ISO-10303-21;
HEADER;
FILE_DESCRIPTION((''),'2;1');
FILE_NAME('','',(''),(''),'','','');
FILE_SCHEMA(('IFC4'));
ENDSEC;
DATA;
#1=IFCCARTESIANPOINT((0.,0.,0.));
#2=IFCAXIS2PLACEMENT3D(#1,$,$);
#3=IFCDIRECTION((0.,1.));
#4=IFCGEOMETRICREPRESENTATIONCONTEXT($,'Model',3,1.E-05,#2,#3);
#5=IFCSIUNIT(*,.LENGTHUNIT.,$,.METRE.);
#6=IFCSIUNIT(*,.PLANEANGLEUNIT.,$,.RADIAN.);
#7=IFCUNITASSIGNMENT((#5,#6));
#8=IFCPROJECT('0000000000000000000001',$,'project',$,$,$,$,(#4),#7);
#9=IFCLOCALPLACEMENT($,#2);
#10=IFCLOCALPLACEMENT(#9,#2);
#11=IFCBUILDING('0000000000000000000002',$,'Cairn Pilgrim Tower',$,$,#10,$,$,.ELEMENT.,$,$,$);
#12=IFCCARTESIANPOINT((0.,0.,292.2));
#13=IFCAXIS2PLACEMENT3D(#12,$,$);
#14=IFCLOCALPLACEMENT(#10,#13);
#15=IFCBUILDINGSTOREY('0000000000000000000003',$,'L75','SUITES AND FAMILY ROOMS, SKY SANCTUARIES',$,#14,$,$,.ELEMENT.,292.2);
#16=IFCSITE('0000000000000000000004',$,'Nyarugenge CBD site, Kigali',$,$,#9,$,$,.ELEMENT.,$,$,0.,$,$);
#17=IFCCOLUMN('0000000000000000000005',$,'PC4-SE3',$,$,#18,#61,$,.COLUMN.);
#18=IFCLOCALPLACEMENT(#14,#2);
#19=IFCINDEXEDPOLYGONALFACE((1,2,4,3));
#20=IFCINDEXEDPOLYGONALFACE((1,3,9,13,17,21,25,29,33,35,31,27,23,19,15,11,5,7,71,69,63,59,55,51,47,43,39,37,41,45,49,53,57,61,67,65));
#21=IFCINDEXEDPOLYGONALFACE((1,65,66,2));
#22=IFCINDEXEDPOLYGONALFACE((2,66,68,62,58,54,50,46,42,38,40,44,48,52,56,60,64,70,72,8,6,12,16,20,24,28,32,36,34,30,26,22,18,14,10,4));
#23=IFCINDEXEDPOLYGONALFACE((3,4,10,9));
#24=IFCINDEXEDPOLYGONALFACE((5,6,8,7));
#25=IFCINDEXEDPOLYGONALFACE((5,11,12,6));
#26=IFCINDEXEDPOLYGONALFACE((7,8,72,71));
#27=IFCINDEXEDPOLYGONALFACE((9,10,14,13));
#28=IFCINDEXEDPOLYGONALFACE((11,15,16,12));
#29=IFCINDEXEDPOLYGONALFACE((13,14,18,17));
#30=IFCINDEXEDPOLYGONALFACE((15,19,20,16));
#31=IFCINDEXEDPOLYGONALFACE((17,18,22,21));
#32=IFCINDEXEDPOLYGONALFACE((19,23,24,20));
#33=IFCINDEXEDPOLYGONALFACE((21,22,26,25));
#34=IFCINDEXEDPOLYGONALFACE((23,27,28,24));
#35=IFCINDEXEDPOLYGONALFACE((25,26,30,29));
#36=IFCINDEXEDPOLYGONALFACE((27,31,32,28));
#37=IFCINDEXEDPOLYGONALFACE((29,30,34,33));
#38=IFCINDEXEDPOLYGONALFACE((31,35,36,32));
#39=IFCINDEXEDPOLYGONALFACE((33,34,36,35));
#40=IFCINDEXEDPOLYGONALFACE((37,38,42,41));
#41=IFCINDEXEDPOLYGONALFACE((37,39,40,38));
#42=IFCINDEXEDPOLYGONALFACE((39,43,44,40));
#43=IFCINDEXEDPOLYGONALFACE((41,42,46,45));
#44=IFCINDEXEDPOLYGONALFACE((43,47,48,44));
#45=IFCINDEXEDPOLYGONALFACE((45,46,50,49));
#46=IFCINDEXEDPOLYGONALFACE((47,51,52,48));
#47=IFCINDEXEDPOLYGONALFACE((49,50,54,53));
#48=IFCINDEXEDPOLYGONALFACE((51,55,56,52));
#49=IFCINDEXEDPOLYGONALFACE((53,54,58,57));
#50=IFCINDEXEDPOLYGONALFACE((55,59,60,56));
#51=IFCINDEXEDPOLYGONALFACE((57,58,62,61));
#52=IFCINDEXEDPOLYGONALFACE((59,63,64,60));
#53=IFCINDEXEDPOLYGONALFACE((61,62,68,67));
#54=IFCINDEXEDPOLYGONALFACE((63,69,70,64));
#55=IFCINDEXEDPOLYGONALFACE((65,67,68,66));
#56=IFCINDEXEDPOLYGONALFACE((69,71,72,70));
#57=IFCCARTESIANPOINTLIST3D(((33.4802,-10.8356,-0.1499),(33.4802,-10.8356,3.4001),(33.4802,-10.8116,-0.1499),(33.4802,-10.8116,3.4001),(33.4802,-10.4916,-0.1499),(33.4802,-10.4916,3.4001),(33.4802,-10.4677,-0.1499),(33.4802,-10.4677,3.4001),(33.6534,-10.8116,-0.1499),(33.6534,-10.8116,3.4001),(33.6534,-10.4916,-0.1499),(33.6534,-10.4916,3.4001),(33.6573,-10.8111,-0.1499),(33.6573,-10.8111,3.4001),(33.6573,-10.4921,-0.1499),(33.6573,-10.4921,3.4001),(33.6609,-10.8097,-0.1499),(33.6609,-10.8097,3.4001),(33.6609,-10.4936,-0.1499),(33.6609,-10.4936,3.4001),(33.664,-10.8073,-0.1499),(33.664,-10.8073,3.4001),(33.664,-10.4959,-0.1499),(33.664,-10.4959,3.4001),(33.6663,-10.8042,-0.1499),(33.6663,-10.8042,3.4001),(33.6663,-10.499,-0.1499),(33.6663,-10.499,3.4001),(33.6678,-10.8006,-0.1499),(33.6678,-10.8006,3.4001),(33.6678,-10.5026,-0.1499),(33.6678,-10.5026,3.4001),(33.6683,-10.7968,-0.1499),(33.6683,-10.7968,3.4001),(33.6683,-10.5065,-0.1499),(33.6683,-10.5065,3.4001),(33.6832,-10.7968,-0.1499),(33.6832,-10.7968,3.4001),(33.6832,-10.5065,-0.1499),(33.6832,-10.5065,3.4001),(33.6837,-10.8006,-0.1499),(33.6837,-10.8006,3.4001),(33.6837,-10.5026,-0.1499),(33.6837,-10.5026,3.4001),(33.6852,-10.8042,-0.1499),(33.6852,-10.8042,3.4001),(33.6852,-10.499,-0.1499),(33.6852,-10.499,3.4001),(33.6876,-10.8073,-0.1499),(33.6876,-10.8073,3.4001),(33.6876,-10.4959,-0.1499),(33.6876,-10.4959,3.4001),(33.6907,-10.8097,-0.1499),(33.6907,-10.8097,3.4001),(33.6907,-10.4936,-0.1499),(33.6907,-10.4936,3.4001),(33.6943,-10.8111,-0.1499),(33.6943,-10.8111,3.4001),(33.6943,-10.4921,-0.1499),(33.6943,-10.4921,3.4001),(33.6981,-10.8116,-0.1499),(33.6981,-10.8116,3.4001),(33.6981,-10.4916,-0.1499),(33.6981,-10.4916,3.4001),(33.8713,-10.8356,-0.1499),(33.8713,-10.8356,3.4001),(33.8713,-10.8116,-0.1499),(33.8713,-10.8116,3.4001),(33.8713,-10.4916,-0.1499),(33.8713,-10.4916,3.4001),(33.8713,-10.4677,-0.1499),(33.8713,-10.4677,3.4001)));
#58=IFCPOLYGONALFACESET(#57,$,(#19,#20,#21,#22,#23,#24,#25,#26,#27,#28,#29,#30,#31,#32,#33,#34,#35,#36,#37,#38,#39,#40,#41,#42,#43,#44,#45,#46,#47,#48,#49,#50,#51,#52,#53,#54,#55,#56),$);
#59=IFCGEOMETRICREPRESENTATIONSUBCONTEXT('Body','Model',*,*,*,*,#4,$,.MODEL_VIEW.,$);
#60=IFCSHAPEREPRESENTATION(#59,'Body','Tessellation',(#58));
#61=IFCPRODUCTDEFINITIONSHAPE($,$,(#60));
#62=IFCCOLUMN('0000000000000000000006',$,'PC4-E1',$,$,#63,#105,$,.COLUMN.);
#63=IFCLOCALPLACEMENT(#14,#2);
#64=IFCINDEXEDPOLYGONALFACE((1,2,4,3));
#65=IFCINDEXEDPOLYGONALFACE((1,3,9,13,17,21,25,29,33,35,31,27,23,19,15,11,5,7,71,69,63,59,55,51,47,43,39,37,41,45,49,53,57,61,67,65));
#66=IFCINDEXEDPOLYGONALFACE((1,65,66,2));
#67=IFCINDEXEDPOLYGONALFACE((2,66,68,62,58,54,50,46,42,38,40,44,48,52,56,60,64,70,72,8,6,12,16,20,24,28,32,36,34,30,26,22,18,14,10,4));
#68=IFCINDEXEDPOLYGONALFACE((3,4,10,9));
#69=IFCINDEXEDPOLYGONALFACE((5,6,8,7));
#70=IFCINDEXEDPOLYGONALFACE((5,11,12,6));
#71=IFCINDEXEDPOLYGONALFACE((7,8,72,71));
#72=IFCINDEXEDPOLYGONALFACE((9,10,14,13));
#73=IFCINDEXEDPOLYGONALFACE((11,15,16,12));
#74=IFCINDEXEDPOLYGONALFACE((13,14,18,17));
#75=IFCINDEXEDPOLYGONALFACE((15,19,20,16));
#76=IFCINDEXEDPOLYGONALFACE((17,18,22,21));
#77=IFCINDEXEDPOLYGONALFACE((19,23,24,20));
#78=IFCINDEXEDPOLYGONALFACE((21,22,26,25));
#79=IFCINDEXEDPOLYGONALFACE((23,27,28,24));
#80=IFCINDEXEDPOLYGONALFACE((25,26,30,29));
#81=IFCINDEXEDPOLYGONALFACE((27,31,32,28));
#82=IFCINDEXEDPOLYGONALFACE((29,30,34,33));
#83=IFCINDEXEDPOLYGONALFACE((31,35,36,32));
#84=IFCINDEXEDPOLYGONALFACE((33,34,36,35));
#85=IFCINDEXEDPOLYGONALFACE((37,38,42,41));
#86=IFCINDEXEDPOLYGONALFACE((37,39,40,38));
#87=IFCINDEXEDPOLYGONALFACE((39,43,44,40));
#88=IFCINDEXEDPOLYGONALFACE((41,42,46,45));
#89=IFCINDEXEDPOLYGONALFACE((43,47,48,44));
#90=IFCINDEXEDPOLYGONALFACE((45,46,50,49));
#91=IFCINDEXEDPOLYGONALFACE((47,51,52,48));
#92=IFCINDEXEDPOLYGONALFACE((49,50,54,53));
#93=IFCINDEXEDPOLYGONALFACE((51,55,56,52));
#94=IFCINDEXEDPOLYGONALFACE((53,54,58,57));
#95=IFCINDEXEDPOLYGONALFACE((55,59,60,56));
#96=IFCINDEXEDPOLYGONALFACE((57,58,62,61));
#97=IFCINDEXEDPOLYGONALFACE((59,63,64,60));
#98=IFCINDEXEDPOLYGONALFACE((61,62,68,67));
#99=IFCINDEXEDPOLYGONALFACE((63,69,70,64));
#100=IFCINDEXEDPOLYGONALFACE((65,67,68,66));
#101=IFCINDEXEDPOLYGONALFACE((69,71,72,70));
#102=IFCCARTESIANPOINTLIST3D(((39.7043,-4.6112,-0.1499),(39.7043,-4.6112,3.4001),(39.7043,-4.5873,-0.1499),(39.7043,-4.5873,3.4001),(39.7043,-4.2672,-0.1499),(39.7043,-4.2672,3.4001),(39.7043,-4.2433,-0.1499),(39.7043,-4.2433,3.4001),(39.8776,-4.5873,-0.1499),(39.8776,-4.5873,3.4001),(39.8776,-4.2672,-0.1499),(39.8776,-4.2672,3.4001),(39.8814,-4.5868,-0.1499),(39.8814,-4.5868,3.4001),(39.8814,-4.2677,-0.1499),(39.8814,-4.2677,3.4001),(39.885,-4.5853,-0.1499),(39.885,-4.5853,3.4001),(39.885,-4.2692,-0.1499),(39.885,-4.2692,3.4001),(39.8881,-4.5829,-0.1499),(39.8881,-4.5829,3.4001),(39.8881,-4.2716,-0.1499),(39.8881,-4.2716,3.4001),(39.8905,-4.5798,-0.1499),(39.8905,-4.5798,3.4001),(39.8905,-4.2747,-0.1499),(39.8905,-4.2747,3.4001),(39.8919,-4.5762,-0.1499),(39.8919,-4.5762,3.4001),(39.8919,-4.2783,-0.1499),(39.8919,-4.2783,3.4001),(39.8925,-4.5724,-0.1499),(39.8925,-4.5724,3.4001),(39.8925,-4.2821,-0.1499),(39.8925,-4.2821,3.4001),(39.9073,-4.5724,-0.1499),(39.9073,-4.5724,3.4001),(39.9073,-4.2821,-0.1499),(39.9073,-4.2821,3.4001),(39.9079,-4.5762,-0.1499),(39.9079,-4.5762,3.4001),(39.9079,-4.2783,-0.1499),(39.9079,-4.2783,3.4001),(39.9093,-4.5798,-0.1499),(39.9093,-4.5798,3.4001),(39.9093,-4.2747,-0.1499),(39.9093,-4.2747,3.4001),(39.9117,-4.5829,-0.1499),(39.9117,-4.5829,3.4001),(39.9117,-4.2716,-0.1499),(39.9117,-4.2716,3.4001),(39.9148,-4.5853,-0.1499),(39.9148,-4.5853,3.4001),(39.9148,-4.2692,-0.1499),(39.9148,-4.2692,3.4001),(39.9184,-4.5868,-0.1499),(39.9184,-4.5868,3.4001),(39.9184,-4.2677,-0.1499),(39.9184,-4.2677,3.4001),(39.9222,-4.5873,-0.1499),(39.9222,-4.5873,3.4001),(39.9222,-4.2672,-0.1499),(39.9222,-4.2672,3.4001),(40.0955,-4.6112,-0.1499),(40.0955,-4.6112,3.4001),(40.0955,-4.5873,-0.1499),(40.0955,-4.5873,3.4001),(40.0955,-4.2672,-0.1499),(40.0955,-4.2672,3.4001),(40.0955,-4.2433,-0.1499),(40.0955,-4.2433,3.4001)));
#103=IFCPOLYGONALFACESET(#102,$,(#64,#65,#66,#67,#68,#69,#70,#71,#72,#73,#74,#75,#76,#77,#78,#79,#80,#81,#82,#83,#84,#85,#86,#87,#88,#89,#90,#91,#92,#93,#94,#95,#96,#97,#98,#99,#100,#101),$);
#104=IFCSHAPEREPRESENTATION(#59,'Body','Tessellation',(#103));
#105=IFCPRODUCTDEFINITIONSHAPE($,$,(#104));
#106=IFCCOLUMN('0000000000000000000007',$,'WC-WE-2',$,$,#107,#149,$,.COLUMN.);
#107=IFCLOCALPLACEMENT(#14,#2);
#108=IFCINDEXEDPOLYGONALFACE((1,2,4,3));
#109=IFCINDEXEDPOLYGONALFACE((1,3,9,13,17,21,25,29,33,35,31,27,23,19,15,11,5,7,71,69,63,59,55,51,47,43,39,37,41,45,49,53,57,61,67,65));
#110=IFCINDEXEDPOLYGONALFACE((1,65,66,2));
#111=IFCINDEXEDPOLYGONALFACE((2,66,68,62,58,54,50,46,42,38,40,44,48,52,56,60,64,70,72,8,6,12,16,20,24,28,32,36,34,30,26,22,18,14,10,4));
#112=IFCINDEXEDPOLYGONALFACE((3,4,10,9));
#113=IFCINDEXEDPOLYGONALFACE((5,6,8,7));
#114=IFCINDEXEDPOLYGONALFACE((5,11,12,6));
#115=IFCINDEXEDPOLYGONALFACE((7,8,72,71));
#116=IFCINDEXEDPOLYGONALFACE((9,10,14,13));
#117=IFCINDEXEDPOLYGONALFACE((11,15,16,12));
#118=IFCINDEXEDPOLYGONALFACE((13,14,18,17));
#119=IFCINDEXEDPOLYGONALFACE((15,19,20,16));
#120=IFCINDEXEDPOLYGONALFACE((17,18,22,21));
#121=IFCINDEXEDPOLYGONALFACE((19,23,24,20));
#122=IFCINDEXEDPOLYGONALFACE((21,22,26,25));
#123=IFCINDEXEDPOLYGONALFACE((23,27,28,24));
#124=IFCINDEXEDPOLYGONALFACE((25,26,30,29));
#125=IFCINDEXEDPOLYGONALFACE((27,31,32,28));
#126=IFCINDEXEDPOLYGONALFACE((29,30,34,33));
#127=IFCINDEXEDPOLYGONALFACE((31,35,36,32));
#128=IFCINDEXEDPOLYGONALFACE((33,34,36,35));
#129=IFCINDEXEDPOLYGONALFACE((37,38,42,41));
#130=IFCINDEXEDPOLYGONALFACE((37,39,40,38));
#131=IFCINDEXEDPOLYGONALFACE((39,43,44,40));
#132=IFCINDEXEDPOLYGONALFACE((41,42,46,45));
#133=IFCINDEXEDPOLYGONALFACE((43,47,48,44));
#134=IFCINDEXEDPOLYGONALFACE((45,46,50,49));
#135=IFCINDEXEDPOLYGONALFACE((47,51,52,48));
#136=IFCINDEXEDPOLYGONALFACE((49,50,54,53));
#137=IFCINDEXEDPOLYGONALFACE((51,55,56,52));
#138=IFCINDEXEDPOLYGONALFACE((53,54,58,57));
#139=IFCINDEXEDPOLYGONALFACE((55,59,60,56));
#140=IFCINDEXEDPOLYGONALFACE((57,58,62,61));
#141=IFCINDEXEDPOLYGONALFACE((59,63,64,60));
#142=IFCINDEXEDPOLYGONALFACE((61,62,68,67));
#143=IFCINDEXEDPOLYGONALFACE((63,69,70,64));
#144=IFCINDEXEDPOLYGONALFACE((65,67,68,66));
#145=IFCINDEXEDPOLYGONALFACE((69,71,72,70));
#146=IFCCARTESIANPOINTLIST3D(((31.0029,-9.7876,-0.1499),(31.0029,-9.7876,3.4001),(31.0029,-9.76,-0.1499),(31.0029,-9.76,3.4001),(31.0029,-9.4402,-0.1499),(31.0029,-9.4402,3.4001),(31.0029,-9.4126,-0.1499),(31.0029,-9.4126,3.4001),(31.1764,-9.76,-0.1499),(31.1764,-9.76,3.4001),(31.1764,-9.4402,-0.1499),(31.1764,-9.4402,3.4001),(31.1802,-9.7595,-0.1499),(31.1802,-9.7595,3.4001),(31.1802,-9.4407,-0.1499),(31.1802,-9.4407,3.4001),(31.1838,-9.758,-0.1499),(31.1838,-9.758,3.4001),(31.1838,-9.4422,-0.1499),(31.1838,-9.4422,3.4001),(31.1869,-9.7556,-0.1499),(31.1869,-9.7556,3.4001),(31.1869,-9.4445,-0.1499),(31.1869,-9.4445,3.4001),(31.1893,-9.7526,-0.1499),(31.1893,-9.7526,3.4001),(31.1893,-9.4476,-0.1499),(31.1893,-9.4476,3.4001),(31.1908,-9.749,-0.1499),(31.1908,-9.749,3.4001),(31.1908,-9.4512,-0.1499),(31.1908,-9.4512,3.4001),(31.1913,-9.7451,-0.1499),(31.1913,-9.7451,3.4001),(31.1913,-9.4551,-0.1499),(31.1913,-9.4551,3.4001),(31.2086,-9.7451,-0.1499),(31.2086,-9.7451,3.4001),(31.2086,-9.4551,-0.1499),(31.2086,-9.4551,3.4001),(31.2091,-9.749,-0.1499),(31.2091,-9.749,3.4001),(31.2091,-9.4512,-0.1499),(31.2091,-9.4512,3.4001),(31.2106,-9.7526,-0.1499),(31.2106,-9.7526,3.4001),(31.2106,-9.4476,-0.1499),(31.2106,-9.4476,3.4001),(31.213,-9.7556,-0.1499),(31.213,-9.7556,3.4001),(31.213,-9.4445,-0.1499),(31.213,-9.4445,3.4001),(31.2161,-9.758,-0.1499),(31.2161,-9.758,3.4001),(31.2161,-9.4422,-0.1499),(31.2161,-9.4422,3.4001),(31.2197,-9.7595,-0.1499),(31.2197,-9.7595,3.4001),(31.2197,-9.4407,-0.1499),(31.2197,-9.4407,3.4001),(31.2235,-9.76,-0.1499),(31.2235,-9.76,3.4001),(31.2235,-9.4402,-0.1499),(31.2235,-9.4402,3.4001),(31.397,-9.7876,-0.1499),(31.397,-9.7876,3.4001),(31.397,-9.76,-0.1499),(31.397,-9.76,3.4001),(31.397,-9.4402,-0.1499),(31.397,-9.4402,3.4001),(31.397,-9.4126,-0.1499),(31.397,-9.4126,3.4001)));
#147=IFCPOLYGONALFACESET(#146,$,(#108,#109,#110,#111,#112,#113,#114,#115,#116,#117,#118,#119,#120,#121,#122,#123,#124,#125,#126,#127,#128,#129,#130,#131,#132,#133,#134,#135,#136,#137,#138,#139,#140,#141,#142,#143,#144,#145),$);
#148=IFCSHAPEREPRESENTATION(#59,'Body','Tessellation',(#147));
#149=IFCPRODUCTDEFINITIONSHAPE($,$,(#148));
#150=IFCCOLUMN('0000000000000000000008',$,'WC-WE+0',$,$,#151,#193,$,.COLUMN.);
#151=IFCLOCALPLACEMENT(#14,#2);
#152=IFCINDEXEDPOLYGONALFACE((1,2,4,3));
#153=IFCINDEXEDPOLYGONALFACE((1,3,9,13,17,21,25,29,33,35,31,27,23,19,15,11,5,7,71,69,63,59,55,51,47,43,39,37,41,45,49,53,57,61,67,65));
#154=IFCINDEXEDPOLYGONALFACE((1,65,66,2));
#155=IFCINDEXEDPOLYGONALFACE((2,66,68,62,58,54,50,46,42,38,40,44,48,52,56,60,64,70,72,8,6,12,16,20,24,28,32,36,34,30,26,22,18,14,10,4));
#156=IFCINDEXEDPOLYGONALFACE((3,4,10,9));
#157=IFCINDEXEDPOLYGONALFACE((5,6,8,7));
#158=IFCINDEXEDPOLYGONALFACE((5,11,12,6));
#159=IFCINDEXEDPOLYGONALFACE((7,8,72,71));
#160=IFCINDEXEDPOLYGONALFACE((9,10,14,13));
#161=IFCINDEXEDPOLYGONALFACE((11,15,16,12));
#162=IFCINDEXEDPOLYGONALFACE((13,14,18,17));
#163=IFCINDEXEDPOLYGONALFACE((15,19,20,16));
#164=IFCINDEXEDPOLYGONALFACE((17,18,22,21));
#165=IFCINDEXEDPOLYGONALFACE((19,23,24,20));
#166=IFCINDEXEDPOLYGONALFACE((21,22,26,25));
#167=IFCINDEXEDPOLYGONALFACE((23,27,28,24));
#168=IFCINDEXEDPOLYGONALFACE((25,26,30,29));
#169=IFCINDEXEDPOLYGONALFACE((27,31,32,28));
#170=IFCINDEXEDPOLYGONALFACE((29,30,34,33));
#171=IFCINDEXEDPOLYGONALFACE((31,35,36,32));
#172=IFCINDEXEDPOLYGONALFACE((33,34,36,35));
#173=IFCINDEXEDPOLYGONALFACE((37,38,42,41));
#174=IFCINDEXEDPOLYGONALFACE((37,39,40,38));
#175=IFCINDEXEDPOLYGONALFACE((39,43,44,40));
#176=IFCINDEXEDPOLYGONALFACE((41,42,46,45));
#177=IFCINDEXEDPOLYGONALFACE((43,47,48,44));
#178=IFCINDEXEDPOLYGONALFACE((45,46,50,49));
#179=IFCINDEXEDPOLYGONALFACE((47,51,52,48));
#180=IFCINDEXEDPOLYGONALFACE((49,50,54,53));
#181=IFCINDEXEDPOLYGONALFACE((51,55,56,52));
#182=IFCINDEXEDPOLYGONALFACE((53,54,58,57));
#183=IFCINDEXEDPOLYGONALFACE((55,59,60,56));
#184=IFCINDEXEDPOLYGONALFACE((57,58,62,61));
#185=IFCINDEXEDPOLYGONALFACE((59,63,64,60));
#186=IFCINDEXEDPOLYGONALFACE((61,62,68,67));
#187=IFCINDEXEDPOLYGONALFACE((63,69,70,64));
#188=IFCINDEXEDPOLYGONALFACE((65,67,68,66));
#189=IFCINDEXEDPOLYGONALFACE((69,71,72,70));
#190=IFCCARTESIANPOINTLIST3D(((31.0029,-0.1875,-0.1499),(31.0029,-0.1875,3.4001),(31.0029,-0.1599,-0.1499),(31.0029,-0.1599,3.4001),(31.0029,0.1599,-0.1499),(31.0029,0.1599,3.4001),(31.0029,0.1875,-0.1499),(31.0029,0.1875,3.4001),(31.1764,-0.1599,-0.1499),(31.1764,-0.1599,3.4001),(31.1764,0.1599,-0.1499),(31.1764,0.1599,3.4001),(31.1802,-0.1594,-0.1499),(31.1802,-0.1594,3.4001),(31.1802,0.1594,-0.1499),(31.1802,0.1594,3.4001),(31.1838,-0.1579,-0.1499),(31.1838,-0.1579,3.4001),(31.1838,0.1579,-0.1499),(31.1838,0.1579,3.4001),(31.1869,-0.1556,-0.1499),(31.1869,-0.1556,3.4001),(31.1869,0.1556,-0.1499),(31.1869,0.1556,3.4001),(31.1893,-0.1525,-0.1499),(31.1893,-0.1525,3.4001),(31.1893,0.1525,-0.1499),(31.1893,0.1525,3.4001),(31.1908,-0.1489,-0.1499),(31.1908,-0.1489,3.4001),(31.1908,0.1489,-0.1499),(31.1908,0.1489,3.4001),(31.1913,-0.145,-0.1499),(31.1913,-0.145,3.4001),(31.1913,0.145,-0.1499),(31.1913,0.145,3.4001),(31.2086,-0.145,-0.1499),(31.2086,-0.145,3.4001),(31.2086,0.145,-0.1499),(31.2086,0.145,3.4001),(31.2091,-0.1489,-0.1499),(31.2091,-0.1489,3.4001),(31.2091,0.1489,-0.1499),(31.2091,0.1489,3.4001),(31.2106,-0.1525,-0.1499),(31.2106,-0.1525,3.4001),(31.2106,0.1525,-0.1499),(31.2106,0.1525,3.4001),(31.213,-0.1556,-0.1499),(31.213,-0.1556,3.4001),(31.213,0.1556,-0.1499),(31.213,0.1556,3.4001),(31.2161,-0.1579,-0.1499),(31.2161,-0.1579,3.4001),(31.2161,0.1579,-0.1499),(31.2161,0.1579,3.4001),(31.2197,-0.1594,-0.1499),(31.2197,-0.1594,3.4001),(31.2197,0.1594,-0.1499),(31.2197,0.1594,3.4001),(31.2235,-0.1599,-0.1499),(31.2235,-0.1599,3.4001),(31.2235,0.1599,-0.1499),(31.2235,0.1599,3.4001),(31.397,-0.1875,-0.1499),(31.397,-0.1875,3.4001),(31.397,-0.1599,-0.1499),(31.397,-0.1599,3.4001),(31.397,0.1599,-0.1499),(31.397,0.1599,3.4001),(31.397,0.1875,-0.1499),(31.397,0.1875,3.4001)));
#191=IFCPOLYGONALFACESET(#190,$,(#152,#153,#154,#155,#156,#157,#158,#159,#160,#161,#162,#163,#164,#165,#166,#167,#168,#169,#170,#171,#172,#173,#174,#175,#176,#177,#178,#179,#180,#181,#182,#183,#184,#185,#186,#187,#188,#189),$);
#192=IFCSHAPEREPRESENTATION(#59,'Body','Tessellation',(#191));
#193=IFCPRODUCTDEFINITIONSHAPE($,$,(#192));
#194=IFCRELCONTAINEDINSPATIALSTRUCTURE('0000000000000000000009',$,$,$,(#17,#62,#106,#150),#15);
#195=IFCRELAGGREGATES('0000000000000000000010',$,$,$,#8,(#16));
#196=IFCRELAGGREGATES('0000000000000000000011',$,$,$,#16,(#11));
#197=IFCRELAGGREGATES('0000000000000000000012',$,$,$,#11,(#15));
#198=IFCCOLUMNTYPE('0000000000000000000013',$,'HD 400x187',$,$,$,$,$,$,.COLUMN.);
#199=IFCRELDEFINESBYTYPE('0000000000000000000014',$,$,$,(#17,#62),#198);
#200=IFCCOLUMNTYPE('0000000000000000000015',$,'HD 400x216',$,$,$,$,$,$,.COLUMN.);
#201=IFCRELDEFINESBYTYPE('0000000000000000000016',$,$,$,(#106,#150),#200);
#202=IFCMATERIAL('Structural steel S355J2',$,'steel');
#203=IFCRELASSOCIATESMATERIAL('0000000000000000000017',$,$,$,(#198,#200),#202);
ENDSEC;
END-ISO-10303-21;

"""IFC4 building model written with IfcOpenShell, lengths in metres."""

from ifc_helpers import new_model, si_unit, direction, frame, origin, origin_2d, place, context, subcontext, project, spatial, i_section, extrude, material, material_profile, profile_set, type_object, element, save


model = new_model("IFC4")

# Units and contexts
model_context = context("Model", 3, precision=1e-05, world=origin(), true_north=direction((0.0, 1.0)))
body_context = subcontext(model_context, "Body", "Model", "MODEL_VIEW")
ifc_project = project(units=[si_unit("LENGTHUNIT", "METRE"), si_unit("PLANEANGLEUNIT", "RADIAN")], contexts=[model_context])

# Site, building, storey
site_placement = place(None, origin())
site = spatial("IfcSite", under=ifc_project, at=site_placement, Name="Nyarugenge CBD site, Kigali", CompositionType="ELEMENT", RefElevation=0.0)
building_placement = place(site_placement, origin())
building = spatial("IfcBuilding", under=site, at=building_placement, Name="Cairn Pilgrim Tower", CompositionType="ELEMENT")
storey_placement = place(building_placement, frame((0.0, 0.0, 292.2)))
storey = spatial("IfcBuildingStorey", under=building, at=storey_placement, Name="L75", Description="SUITES AND FAMILY ROOMS, SKY SANCTUARIES", CompositionType="ELEMENT", Elevation=292.2)

# Columns
ifc_material_1 = material(Name="Structural steel S355J2", Category="steel")
ifc_material_profile_1 = material_profile(ifc_material_1, i_section(OverallWidth=0.3911, OverallDepth=0.3679, WebThickness=0.0149, FlangeThickness=0.0239, FilletRadius=0.0149, at=origin_2d()), Name="HD 400x187")
ifc_profile_set_1 = profile_set([ifc_material_profile_1], Name="Structural steel S355J2")
column_type_1 = type_object("IfcColumnType", Name="HD 400x187", PredefinedType="COLUMN", material=ifc_profile_set_1)
for number, where, z_axis, x_axis, name in (
    (1, (33.6758, -10.6516, -0.1499), (0.0, 0.0, 1.0), (1.0, 0.0, 0.0), "PC4-SE3"),
    (2, (39.8999, -4.4272, -0.1499), (0.0, 0.0, 1.0), (1.0, 0.0, 0.0), "PC4-E1"),
):
    element("IfcColumn", number, at=place(storey_placement, frame(where, z_axis=z_axis, x_axis=x_axis)), inside=storey, type_object=column_type_1, Name=name, PredefinedType="COLUMN", context=body_context, shape_type="SweptSolid", body=[
        extrude(i_section(OverallWidth=0.3911, OverallDepth=0.3679, WebThickness=0.0149, FlangeThickness=0.0239, FilletRadius=0.0149, at=origin_2d()), origin(), (0.0, 0.0, 1.0), 3.55),
    ])
ifc_material_profile_2 = material_profile(ifc_material_1, i_section(OverallWidth=0.394, OverallDepth=0.375, WebThickness=0.0173, FlangeThickness=0.0276, FilletRadius=0.0149, at=origin_2d()), Name="HD 400x216")
ifc_profile_set_2 = profile_set([ifc_material_profile_2], Name="Structural steel S355J2")
column_type_2 = type_object("IfcColumnType", Name="HD 400x216", PredefinedType="COLUMN", material=ifc_profile_set_2)
for number, where, z_axis, x_axis, name in (
    (3, (31.2, -9.6001, -0.1499), (0.0, 0.0, 1.0), (1.0, 0.0, 0.0), "WC-WE-2"),
    (4, (31.2, 0.0, -0.1499), (0.0, 0.0, 1.0), (1.0, 0.0, 0.0), "WC-WE+0"),
):
    element("IfcColumn", number, at=place(storey_placement, frame(where, z_axis=z_axis, x_axis=x_axis)), inside=storey, type_object=column_type_2, Name=name, PredefinedType="COLUMN", context=body_context, shape_type="SweptSolid", body=[
        extrude(i_section(OverallWidth=0.394, OverallDepth=0.375, WebThickness=0.0173, FlangeThickness=0.0276, FilletRadius=0.0149, at=origin_2d()), origin(), (0.0, 0.0, 1.0), 3.55),
    ])

save(model, "model.ifc")
